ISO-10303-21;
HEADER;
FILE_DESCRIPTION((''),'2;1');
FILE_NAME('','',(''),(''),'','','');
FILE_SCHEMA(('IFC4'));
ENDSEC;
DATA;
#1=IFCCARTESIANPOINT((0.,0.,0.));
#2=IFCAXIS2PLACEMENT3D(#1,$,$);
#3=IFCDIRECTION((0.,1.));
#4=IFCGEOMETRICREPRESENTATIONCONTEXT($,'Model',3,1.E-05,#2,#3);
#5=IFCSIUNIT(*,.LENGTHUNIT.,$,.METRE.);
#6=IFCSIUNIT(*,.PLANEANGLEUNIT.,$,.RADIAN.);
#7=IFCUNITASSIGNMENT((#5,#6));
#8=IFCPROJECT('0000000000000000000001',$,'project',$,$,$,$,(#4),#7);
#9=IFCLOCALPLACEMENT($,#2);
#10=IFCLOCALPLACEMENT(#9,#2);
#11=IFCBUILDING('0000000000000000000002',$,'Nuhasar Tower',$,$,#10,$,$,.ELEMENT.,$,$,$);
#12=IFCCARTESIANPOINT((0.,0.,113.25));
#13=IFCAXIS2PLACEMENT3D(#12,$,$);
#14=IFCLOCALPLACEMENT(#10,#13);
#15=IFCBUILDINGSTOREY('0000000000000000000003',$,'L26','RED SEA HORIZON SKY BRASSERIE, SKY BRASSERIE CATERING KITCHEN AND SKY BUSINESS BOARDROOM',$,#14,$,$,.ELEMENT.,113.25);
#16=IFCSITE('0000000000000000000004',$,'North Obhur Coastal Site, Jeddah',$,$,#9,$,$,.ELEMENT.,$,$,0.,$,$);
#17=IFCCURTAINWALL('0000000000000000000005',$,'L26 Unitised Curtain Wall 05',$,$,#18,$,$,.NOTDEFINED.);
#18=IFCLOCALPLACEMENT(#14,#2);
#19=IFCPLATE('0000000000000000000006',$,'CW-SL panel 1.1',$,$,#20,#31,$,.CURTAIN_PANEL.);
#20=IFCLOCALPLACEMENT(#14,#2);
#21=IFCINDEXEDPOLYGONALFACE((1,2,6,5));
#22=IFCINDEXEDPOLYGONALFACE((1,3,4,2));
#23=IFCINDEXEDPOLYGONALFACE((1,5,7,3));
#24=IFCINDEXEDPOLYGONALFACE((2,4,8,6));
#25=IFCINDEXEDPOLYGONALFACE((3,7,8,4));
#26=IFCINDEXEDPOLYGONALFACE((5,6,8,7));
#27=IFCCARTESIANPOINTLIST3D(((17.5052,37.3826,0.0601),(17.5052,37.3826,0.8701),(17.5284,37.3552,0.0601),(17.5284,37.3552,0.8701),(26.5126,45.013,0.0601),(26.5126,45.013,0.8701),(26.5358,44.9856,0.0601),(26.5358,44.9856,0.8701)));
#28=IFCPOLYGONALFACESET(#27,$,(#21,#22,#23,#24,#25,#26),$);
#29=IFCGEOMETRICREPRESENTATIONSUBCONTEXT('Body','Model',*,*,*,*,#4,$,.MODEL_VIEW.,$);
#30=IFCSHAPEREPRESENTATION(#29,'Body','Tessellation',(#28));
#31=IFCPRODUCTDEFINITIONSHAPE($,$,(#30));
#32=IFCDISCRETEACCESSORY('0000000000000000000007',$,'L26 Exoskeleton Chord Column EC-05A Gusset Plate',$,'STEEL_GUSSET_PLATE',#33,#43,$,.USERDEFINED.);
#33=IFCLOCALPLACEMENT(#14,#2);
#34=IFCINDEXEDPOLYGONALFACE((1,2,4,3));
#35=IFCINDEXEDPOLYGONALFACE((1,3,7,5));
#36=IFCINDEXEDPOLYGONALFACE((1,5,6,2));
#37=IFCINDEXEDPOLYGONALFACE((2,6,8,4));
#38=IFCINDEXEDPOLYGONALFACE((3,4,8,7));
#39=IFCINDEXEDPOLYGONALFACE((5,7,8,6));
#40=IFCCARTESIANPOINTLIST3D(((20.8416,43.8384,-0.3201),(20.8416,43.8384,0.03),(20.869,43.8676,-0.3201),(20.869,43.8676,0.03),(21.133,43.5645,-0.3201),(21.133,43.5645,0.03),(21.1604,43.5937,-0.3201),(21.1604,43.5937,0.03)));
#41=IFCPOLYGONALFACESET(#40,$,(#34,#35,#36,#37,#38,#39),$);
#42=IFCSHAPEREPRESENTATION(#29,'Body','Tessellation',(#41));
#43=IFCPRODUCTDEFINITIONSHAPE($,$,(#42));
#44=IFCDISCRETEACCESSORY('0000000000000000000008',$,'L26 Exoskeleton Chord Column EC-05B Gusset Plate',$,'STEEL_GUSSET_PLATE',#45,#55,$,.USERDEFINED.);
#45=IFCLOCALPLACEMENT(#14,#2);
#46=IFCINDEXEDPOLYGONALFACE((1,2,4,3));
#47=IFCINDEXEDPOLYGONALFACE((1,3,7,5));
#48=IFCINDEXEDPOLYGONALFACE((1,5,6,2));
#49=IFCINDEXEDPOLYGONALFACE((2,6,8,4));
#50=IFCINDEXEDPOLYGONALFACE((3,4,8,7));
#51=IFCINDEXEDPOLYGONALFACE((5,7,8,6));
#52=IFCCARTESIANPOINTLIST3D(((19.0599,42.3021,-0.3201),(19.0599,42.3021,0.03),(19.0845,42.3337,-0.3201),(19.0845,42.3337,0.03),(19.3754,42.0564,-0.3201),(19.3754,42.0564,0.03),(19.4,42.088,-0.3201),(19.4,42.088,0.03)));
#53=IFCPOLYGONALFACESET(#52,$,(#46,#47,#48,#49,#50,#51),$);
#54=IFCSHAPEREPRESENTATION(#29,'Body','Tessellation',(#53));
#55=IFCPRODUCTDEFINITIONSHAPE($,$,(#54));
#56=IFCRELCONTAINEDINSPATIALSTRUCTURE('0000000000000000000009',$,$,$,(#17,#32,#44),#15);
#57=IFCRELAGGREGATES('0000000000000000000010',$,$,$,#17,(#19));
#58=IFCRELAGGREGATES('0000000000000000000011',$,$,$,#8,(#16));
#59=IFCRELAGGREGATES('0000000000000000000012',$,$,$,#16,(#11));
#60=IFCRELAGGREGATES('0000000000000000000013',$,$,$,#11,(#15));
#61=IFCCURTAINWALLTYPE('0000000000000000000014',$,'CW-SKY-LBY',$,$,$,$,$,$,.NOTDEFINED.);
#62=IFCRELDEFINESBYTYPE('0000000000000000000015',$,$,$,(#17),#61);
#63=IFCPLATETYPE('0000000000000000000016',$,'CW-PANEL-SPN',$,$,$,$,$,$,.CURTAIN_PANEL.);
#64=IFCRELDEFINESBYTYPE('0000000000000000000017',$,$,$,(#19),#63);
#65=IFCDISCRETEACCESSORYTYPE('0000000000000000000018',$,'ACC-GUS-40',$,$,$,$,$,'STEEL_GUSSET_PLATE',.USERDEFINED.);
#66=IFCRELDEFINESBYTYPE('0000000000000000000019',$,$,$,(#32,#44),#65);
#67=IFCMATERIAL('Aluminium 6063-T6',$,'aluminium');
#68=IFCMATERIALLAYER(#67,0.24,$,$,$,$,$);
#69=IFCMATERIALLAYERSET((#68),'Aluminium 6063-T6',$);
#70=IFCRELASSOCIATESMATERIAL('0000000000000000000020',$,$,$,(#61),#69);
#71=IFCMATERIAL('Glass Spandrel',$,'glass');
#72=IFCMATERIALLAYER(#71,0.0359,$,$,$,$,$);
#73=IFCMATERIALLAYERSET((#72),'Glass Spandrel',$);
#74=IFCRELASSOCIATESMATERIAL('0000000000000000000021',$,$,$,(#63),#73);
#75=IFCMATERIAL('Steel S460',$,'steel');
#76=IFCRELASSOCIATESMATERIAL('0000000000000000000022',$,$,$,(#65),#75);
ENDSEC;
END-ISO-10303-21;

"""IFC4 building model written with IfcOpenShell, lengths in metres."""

from ifc_helpers import new_model, si_unit, direction, frame, origin, origin_2d, place, context, subcontext, project, spatial, rectangle, extrude, material, layer, layer_set, type_object, element, aggregate, save


model = new_model("IFC4")

# Units and contexts
model_context = context("Model", 3, precision=1e-05, world=origin(), true_north=direction((0.0, 1.0)))
body_context = subcontext(model_context, "Body", "Model", "MODEL_VIEW")
ifc_project = project(units=[si_unit("LENGTHUNIT", "METRE"), si_unit("PLANEANGLEUNIT", "RADIAN")], contexts=[model_context])

# Site, building, storey
site_placement = place(None, origin())
site = spatial("IfcSite", under=ifc_project, at=site_placement, Name="North Obhur Coastal Site, Jeddah", CompositionType="ELEMENT", RefElevation=0.0)
building_placement = place(site_placement, origin())
building = spatial("IfcBuilding", under=site, at=building_placement, Name="Nuhasar Tower", CompositionType="ELEMENT")
storey_placement = place(building_placement, frame((0.0, 0.0, 113.25)))
storey = spatial("IfcBuildingStorey", under=building, at=storey_placement, Name="L26", Description="RED SEA HORIZON SKY BRASSERIE, SKY BRASSERIE CATERING KITCHEN AND SKY BUSINESS BOARDROOM", CompositionType="ELEMENT", Elevation=113.25)

# Shared definitions
ifc_material_1 = material(Name="Steel S460", Category="steel")

# Shared definitions
ifc_material_2 = material(Name="Aluminium 6063-T6", Category="aluminium")
ifc_layer_1 = layer(ifc_material_2, 0.24)
ifc_layer_set_1 = layer_set([ifc_layer_1], Name="Aluminium 6063-T6")
curtain_wall_type = type_object("IfcCurtainWallType", Name="CW-SKY-LBY", PredefinedType="NOTDEFINED", material=ifc_layer_set_1)

# Curtain wall
curtain_wall_1_placement = place(storey_placement, origin())
curtain_wall_1 = element("IfcCurtainWall", 1, at=curtain_wall_1_placement, inside=storey, type_object=curtain_wall_type, Name="L26 Unitised Curtain Wall 05", PredefinedType="NOTDEFINED")

# Plate
ifc_material_3 = material(Name="Glass Spandrel", Category="glass")
ifc_layer_2 = layer(ifc_material_3, 0.0359)
ifc_layer_set_2 = layer_set([ifc_layer_2], Name="Glass Spandrel")
plate_type_1 = type_object("IfcPlateType", Name="CW-PANEL-SPN", PredefinedType="CURTAIN_PANEL", material=ifc_layer_set_2)
plate_1_placement = place(storey_placement, frame((22.0205, 41.1841, 0.0601), z_axis=(0.0, 0.0, 1.0), x_axis=(-0.76302, -0.646374, 0.0)))
plate_1 = element("IfcPlate", 2, at=plate_1_placement, type_object=plate_type_1, Name="CW-SL panel 1.1", PredefinedType="CURTAIN_PANEL", context=body_context, shape_type="SweptSolid", body=[
    extrude(rectangle(XDim=11.8049, YDim=0.0359, at=origin_2d()), origin(), (0.0, 0.0, 1.0), 0.8101),
])
aggregate(curtain_wall_1, [plate_1])

# Discrete accessories
discrete_accessory_type = type_object("IfcDiscreteAccessoryType", Name="ACC-GUS-40", ElementType="STEEL_GUSSET_PLATE", PredefinedType="USERDEFINED", material=ifc_material_1)
for number, where, z_axis, x_axis, name in (
    (3, (21.001, 43.7161, -0.3201), (0.0, 0.0, 1.0), (-0.728682, 0.684852, 0.0), "L26 Exoskeleton Chord Column EC-05A Gusset Plate"),
    (4, (19.23, 42.1951, -0.3201), (0.0, 0.0, 1.0), (-0.788998, 0.614395, 0.0), "L26 Exoskeleton Chord Column EC-05B Gusset Plate"),
):
    element("IfcDiscreteAccessory", number, at=place(storey_placement, frame(where, z_axis=z_axis, x_axis=x_axis)), inside=storey, type_object=discrete_accessory_type, Name=name, ObjectType="STEEL_GUSSET_PLATE", PredefinedType="USERDEFINED", context=body_context, shape_type="SweptSolid", body=[
        extrude(rectangle(XDim=0.3999, YDim=0.04, at=origin_2d()), origin(), (0.0, 0.0, 1.0), 0.3501),
    ])

save(model, "model.ifc")
